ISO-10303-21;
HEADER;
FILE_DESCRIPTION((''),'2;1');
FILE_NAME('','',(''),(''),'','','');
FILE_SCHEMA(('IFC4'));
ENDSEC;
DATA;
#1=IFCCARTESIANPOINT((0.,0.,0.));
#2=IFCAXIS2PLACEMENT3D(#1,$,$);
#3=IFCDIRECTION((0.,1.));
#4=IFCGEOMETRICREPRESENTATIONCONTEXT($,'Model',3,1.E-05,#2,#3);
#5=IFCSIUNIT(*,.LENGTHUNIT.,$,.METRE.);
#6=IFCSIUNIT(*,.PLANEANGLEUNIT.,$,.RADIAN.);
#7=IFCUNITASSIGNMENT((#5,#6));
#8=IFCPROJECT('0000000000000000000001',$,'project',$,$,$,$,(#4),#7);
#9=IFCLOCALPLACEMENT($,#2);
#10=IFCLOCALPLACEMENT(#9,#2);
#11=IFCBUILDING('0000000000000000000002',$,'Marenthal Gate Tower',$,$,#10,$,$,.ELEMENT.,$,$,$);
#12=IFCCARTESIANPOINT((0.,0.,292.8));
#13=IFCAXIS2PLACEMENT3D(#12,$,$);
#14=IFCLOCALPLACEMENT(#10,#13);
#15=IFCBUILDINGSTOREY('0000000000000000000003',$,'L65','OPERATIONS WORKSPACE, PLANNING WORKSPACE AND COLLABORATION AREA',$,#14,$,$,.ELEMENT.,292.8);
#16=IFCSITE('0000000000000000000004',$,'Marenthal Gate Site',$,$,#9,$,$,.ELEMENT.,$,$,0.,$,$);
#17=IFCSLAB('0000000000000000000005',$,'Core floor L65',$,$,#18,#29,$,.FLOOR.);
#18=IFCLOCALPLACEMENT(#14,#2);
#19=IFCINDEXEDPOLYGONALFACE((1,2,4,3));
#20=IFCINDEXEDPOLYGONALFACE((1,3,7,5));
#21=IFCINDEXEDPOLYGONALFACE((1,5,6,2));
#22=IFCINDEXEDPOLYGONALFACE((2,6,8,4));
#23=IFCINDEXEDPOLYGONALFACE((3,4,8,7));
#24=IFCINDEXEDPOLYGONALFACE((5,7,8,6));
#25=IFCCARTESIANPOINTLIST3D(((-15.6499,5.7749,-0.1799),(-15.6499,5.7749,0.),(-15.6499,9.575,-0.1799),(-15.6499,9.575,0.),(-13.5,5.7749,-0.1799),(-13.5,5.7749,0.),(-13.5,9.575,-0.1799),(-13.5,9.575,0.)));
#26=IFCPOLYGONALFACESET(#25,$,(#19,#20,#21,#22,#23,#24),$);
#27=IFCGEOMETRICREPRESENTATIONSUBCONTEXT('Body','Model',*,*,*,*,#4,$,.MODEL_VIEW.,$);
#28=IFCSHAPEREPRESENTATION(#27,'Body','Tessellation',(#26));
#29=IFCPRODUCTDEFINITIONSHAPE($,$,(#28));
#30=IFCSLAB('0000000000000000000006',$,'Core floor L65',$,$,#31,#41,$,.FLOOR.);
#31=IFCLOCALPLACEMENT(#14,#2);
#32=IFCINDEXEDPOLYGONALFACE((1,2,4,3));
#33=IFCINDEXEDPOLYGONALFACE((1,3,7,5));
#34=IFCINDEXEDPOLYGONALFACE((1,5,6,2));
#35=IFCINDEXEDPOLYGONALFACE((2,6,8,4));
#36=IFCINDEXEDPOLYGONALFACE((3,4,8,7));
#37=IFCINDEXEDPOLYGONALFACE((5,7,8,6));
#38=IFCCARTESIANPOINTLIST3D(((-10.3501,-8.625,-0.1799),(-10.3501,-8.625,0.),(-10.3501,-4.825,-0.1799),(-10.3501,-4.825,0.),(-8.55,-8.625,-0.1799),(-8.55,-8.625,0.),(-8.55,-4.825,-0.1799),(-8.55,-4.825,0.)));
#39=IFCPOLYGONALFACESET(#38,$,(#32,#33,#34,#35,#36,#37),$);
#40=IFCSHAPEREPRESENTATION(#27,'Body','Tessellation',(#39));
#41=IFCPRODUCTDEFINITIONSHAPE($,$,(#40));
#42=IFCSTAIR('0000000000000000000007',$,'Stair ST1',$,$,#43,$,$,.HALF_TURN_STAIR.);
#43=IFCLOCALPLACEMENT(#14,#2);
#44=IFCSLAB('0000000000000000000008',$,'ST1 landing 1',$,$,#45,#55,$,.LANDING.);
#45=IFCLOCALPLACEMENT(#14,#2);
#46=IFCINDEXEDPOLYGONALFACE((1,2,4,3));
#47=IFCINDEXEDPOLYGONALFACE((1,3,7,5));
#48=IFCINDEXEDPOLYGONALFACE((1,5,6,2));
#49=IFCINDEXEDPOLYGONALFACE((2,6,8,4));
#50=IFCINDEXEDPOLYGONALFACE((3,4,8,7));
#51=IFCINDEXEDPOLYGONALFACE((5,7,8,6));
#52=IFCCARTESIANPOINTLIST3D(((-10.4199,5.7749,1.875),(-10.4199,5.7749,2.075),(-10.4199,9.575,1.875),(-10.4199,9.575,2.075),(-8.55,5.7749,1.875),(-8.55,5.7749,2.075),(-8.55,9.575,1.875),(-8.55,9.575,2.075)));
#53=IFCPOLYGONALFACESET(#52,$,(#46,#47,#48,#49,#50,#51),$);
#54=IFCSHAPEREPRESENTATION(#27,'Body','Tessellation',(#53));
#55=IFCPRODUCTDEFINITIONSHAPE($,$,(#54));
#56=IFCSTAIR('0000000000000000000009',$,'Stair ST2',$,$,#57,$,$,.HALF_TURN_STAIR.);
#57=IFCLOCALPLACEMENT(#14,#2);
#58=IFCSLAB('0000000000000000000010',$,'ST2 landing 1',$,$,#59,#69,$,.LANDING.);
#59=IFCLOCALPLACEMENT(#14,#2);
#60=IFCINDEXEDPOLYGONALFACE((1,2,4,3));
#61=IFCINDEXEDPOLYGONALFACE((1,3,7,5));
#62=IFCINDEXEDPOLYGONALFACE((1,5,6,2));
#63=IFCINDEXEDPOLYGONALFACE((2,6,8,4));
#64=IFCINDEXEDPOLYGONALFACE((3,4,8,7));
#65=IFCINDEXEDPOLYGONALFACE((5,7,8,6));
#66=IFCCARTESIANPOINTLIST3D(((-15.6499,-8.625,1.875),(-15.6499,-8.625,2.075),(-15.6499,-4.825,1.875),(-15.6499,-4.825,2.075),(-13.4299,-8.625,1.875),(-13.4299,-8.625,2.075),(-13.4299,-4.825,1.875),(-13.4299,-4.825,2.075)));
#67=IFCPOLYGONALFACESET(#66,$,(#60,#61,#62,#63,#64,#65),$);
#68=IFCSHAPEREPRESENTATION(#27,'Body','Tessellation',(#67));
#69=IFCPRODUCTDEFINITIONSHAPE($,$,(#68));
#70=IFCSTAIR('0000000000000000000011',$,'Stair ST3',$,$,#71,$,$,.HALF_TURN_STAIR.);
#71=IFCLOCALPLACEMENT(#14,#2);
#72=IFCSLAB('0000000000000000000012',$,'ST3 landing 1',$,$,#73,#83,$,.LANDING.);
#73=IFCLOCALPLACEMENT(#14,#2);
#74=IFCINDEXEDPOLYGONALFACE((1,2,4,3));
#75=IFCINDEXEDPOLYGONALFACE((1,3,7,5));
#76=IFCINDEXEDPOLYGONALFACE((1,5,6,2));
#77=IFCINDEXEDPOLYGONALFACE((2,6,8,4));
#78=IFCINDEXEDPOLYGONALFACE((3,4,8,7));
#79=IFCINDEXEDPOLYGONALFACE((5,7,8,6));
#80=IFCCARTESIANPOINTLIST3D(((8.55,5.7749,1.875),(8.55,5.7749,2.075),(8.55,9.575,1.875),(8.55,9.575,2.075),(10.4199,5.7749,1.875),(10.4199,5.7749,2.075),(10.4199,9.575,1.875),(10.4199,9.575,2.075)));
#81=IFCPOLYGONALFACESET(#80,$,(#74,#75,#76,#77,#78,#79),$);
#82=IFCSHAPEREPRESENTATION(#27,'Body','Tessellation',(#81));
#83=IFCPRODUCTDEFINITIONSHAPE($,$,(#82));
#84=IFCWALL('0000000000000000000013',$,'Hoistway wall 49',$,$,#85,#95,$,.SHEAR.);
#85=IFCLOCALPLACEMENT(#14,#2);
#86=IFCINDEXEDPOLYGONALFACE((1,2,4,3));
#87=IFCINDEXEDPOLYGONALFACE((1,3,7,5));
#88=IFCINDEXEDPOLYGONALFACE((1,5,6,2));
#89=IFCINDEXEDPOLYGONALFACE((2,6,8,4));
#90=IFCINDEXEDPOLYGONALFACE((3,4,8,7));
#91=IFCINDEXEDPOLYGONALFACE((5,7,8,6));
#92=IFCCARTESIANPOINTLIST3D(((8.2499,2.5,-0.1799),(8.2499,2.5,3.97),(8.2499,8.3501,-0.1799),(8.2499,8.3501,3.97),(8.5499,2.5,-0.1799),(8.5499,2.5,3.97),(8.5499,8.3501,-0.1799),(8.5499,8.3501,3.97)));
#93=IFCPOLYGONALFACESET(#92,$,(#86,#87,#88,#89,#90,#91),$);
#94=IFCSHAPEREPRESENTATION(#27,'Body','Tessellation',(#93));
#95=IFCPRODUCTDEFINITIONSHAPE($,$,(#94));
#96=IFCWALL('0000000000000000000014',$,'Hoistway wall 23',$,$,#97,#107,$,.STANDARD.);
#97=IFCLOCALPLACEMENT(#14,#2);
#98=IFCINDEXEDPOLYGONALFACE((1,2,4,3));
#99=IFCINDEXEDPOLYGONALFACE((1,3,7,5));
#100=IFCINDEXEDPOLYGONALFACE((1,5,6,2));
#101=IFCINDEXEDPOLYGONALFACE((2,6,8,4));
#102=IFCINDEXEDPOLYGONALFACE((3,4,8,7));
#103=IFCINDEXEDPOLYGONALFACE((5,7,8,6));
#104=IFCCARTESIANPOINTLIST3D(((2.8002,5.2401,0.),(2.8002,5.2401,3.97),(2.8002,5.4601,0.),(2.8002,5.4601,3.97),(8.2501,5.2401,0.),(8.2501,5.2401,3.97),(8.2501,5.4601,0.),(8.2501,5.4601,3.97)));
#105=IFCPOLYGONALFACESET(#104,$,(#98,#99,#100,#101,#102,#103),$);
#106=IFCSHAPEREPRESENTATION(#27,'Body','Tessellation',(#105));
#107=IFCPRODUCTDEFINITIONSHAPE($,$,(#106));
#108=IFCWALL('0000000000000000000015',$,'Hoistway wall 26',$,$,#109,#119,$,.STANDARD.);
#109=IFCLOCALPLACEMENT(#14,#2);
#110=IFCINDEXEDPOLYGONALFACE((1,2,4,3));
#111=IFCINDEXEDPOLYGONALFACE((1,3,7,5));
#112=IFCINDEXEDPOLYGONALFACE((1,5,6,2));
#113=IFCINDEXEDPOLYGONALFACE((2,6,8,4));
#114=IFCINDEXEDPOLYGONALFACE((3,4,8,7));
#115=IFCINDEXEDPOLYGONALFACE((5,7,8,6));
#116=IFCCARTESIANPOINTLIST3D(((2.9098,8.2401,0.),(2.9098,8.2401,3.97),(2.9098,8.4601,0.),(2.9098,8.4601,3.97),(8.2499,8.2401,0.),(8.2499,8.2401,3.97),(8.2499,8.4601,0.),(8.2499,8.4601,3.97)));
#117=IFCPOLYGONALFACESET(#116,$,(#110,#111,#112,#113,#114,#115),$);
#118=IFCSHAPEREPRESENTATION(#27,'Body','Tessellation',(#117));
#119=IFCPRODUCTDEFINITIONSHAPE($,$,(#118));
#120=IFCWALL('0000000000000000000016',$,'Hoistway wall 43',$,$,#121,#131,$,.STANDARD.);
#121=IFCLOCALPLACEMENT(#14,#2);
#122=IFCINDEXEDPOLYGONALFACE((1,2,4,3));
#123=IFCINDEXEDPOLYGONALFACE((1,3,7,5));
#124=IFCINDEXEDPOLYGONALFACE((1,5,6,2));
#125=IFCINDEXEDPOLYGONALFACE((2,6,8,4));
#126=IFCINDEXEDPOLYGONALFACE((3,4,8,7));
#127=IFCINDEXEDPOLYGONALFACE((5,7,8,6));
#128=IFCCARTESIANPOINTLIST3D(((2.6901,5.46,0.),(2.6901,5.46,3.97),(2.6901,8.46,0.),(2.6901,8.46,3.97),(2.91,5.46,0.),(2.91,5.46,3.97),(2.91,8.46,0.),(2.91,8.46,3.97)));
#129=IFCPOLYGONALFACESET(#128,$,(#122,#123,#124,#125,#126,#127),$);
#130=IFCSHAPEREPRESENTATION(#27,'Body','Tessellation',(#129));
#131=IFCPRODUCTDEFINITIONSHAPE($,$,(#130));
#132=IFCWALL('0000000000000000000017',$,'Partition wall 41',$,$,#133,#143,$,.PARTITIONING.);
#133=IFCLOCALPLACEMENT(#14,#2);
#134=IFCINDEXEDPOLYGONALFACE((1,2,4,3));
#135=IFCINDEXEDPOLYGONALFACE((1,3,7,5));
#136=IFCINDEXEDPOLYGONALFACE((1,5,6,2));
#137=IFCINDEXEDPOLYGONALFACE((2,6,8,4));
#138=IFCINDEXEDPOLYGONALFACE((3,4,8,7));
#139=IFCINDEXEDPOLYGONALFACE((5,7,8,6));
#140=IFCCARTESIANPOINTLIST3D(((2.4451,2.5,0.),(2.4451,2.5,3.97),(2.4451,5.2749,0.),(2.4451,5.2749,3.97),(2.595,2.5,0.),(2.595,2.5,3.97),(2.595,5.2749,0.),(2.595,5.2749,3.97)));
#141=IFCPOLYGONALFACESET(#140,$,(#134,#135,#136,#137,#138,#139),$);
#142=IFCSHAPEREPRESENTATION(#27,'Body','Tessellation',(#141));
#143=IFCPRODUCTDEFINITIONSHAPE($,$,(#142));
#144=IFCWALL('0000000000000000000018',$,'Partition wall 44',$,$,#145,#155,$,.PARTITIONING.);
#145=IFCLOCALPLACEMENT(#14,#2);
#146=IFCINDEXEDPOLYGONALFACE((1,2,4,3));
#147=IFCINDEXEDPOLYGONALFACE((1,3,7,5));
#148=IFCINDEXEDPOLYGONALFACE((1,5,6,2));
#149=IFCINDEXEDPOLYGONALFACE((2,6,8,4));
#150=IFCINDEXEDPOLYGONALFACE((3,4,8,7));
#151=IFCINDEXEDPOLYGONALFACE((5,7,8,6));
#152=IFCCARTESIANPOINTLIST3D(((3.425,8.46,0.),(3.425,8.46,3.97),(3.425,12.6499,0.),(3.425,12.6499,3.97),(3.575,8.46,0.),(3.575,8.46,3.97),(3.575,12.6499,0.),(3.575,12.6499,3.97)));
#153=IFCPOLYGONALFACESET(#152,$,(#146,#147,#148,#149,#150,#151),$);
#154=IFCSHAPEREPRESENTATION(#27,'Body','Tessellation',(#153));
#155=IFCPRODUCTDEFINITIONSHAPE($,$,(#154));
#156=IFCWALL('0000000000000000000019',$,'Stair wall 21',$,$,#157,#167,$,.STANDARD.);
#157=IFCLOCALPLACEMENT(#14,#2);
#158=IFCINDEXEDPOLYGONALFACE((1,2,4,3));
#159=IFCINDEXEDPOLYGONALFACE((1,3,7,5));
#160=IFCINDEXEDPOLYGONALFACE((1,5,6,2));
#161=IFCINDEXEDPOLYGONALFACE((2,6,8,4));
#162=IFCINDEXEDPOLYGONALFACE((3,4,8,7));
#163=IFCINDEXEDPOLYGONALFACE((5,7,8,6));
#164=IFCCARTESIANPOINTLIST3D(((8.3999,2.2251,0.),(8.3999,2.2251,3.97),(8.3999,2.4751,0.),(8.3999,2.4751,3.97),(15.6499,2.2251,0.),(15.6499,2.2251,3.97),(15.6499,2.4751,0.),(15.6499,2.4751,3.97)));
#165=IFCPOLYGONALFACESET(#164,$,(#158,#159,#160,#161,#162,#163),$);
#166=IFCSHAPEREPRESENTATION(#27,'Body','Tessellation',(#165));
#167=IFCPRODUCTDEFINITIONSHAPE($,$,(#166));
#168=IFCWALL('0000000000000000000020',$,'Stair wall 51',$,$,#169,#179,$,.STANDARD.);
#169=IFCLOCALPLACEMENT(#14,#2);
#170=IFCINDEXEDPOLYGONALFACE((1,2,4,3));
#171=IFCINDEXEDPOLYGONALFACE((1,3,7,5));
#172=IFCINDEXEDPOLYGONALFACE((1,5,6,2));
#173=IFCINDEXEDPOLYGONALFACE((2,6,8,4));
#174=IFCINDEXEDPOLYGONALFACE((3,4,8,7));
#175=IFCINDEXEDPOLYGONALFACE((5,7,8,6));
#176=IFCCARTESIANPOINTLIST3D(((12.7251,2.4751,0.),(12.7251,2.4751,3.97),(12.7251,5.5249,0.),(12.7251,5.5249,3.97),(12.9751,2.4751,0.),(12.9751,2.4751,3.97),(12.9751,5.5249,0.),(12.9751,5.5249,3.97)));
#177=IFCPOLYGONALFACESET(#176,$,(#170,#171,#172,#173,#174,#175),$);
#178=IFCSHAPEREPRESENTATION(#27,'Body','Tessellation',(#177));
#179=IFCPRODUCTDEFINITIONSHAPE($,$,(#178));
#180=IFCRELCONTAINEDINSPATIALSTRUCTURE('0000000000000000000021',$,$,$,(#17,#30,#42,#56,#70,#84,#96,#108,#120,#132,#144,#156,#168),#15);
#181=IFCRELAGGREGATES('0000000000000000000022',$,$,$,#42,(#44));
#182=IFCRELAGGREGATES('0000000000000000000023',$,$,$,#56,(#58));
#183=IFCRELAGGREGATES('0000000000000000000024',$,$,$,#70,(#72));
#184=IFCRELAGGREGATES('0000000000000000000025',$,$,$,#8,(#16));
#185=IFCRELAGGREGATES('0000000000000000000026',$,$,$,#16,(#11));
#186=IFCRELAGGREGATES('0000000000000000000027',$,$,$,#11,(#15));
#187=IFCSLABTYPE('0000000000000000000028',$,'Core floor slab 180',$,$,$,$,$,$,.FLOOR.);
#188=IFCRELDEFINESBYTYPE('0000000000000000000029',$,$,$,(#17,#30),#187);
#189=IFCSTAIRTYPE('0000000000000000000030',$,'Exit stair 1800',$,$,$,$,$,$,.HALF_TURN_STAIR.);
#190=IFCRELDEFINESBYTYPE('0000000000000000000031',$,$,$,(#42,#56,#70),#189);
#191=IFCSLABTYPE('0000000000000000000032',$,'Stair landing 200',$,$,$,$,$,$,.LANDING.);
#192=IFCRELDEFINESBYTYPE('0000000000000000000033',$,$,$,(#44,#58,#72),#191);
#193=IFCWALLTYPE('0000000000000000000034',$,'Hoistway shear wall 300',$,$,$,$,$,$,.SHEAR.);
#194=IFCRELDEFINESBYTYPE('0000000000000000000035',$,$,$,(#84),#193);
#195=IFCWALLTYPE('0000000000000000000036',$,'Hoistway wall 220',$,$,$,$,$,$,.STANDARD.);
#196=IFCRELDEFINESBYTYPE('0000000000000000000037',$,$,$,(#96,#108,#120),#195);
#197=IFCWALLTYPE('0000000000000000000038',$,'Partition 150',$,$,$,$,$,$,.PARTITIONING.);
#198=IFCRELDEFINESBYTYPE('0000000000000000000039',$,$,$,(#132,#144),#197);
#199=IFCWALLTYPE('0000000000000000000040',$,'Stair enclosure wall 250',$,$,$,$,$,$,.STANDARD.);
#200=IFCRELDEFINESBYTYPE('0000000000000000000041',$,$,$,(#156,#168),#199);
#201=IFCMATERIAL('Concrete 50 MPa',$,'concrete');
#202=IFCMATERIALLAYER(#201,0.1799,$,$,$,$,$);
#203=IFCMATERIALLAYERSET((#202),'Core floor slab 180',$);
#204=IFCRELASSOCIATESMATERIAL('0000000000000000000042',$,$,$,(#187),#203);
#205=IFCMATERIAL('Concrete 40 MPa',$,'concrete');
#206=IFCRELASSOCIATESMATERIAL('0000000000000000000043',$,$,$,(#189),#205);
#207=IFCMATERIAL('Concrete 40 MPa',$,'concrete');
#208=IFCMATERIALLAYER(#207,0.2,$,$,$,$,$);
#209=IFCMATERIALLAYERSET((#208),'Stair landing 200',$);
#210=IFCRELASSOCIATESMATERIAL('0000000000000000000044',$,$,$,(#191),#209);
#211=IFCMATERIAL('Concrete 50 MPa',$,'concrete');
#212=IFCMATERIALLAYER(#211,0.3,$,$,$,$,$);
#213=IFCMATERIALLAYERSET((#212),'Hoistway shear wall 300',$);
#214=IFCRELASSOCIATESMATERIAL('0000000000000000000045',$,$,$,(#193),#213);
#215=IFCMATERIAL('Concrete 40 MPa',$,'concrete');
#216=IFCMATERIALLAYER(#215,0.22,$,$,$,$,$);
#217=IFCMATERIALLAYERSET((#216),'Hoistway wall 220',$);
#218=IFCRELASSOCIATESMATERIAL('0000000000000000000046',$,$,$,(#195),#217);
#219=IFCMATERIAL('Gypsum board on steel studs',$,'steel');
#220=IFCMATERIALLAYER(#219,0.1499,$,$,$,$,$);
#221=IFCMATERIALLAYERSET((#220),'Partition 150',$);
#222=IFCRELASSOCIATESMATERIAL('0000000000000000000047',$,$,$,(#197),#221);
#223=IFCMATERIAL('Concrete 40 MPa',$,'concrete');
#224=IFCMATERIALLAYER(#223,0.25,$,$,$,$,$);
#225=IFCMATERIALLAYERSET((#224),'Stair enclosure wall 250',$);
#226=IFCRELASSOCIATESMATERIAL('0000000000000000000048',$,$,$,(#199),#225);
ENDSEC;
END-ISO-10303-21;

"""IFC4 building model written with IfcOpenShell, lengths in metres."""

from ifc_helpers import new_model, si_unit, direction, frame, frame_2d, origin, place, context, subcontext, project, spatial, polyline, rectangle, outline, extrude, material, layer, layer_set, type_object, element, aggregate, save


model = new_model("IFC4")

# Units and contexts
model_context = context("Model", 3, precision=1e-05, world=origin(), true_north=direction((0.0, 1.0)))
body_context = subcontext(model_context, "Body", "Model", "MODEL_VIEW")
ifc_project = project(units=[si_unit("LENGTHUNIT", "METRE"), si_unit("PLANEANGLEUNIT", "RADIAN")], contexts=[model_context])

# Site, building, storey
site_placement = place(None, origin())
site = spatial("IfcSite", under=ifc_project, at=site_placement, Name="Marenthal Gate Site", CompositionType="ELEMENT", RefElevation=0.0)
building_placement = place(site_placement, origin())
building = spatial("IfcBuilding", under=site, at=building_placement, Name="Marenthal Gate Tower", CompositionType="ELEMENT")
storey_placement = place(building_placement, frame((0.0, 0.0, 292.8)))
storey = spatial("IfcBuildingStorey", under=building, at=storey_placement, Name="L65", Description="OPERATIONS WORKSPACE, PLANNING WORKSPACE AND COLLABORATION AREA", CompositionType="ELEMENT", Elevation=292.8)

# Slabs
ifc_material_1 = material(Name="Concrete 50 MPa", Category="concrete")
ifc_layer_1 = layer(ifc_material_1, 0.1799)
ifc_layer_set_1 = layer_set([ifc_layer_1], Name="Core floor slab 180")
slab_type_1 = type_object("IfcSlabType", Name="Core floor slab 180", PredefinedType="FLOOR", material=ifc_layer_set_1)
slab_1_placement = place(storey_placement, frame((0.0, 0.0, -0.1799)))
element("IfcSlab", 1, at=slab_1_placement, inside=storey, type_object=slab_type_1, Name="Core floor L65", PredefinedType="FLOOR", context=body_context, shape_type="SweptSolid", body=[
    extrude(outline(polyline([(-15.6499, 9.575), (-13.5, 9.575), (-13.5, 5.7749), (-15.6499, 5.7749), (-15.6499, 9.575)])), origin(), (0.0, 0.0, 1.0), 0.1799),
])
slab_2_placement = place(storey_placement, frame((0.0, 0.0, -0.1799)))
element("IfcSlab", 2, at=slab_2_placement, inside=storey, type_object=slab_type_1, Name="Core floor L65", PredefinedType="FLOOR", context=body_context, shape_type="SweptSolid", body=[
    extrude(outline(polyline([(-8.55, -4.825), (-8.55, -8.625), (-10.3501, -8.625), (-10.3501, -4.825), (-8.55, -4.825)])), origin(), (0.0, 0.0, 1.0), 0.1799),
])

# Stairs, slabs
ifc_material_2 = material(Name="Concrete 40 MPa", Category="concrete")
stair_type = type_object("IfcStairType", Name="Exit stair 1800", PredefinedType="HALF_TURN_STAIR", material=ifc_material_2)
stair_1_placement = place(storey_placement, origin())
stair_1 = element("IfcStair", 3, at=stair_1_placement, inside=storey, type_object=stair_type, Name="Stair ST1", PredefinedType="HALF_TURN_STAIR")
ifc_material_3 = material(Name="Concrete 40 MPa", Category="concrete")
ifc_layer_2 = layer(ifc_material_3, 0.2)
ifc_layer_set_2 = layer_set([ifc_layer_2], Name="Stair landing 200")
slab_type_2 = type_object("IfcSlabType", Name="Stair landing 200", PredefinedType="LANDING", material=ifc_layer_set_2)
slab_3_placement = place(storey_placement, frame((0.0, 0.0, 1.875)))
slab_3 = element("IfcSlab", 4, at=slab_3_placement, type_object=slab_type_2, Name="ST1 landing 1", PredefinedType="LANDING", context=body_context, shape_type="SweptSolid", body=[
    extrude(outline(polyline([(-10.4199, 5.7749), (-8.55, 5.7749), (-8.55, 9.575), (-10.4199, 9.575), (-10.4199, 5.7749)])), origin(), (0.0, 0.0, 1.0), 0.2),
])
aggregate(stair_1, [slab_3])
stair_2_placement = place(storey_placement, origin())
stair_2 = element("IfcStair", 5, at=stair_2_placement, inside=storey, type_object=stair_type, Name="Stair ST2", PredefinedType="HALF_TURN_STAIR")
slab_4_placement = place(storey_placement, frame((0.0, 0.0, 1.875)))
slab_4 = element("IfcSlab", 6, at=slab_4_placement, type_object=slab_type_2, Name="ST2 landing 1", PredefinedType="LANDING", context=body_context, shape_type="SweptSolid", body=[
    extrude(outline(polyline([(-15.6499, -8.625), (-13.4299, -8.625), (-13.4299, -4.825), (-15.6499, -4.825), (-15.6499, -8.625)])), origin(), (0.0, 0.0, 1.0), 0.2),
])
aggregate(stair_2, [slab_4])
stair_3_placement = place(storey_placement, origin())
stair_3 = element("IfcStair", 7, at=stair_3_placement, inside=storey, type_object=stair_type, Name="Stair ST3", PredefinedType="HALF_TURN_STAIR")
slab_5_placement = place(storey_placement, frame((0.0, 0.0, 1.875)))
slab_5 = element("IfcSlab", 8, at=slab_5_placement, type_object=slab_type_2, Name="ST3 landing 1", PredefinedType="LANDING", context=body_context, shape_type="SweptSolid", body=[
    extrude(outline(polyline([(8.55, 5.7749), (10.4199, 5.7749), (10.4199, 9.575), (8.55, 9.575), (8.55, 5.7749)])), origin(), (0.0, 0.0, 1.0), 0.2),
])

# Walls
ifc_material_4 = material(Name="Concrete 50 MPa", Category="concrete")
ifc_layer_3 = layer(ifc_material_4, 0.3)
ifc_layer_set_3 = layer_set([ifc_layer_3], Name="Hoistway shear wall 300")
wall_type_1 = type_object("IfcWallType", Name="Hoistway shear wall 300", PredefinedType="SHEAR", material=ifc_layer_set_3)
wall_1_placement = place(storey_placement, frame((8.3999, 2.5, -0.1799), z_axis=(0.0, 0.0, 1.0), x_axis=(0.0, 1.0, 0.0)))
element("IfcWall", 9, at=wall_1_placement, inside=storey, type_object=wall_type_1, Name="Hoistway wall 49", PredefinedType="SHEAR", context=body_context, shape_type="SweptSolid", body=[
    extrude(rectangle(XDim=5.8501, YDim=0.3, at=frame_2d((2.925, 0.0))), origin(), (0.0, 0.0, 1.0), 4.1499),
])
ifc_material_5 = material(Name="Concrete 40 MPa", Category="concrete")
ifc_layer_4 = layer(ifc_material_5, 0.22)
ifc_layer_set_4 = layer_set([ifc_layer_4], Name="Hoistway wall 220")
wall_type_2 = type_object("IfcWallType", Name="Hoistway wall 220", PredefinedType="STANDARD", material=ifc_layer_set_4)
wall_2_placement = place(storey_placement, frame((2.8, 5.3501, 0.0), z_axis=(0.0, 0.0, 1.0), x_axis=(1.0, 0.0, 0.0)))
element("IfcWall", 10, at=wall_2_placement, inside=storey, type_object=wall_type_2, Name="Hoistway wall 23", PredefinedType="STANDARD", context=body_context, shape_type="SweptSolid", body=[
    extrude(rectangle(XDim=5.45, YDim=0.22, at=frame_2d((2.7251, 0.0))), origin(), (0.0, 0.0, 1.0), 3.97),
])
wall_3_placement = place(storey_placement, frame((2.9099, 8.3501, 0.0), z_axis=(0.0, 0.0, 1.0), x_axis=(1.0, 0.0, 0.0)))
element("IfcWall", 11, at=wall_3_placement, inside=storey, type_object=wall_type_2, Name="Hoistway wall 26", PredefinedType="STANDARD", context=body_context, shape_type="SweptSolid", body=[
    extrude(rectangle(XDim=5.3401, YDim=0.22, at=frame_2d((2.6699, 0.0))), origin(), (0.0, 0.0, 1.0), 3.97),
])
wall_4_placement = place(storey_placement, frame((2.8, 5.46, 0.0), z_axis=(0.0, 0.0, 1.0), x_axis=(0.0, 1.0, 0.0)))
element("IfcWall", 12, at=wall_4_placement, inside=storey, type_object=wall_type_2, Name="Hoistway wall 43", PredefinedType="STANDARD", context=body_context, shape_type="SweptSolid", body=[
    extrude(rectangle(XDim=3.0, YDim=0.22, at=frame_2d((1.5, 0.0))), origin(), (0.0, 0.0, 1.0), 3.97),
])
ifc_material_6 = material(Name="Gypsum board on steel studs", Category="steel")
ifc_layer_5 = layer(ifc_material_6, 0.1499)
ifc_layer_set_5 = layer_set([ifc_layer_5], Name="Partition 150")
wall_type_3 = type_object("IfcWallType", Name="Partition 150", PredefinedType="PARTITIONING", material=ifc_layer_set_5)
wall_5_placement = place(storey_placement, frame((2.52, 2.5, 0.0), z_axis=(0.0, 0.0, 1.0), x_axis=(0.0, 1.0, 0.0)))
element("IfcWall", 13, at=wall_5_placement, inside=storey, type_object=wall_type_3, Name="Partition wall 41", PredefinedType="PARTITIONING", context=body_context, shape_type="SweptSolid", body=[
    extrude(rectangle(XDim=2.7749, YDim=0.1499, at=frame_2d((1.3875, 0.0))), origin(), (0.0, 0.0, 1.0), 3.97),
])
wall_6_placement = place(storey_placement, frame((3.5, 8.46, 0.0), z_axis=(0.0, 0.0, 1.0), x_axis=(0.0, 1.0, 0.0)))
element("IfcWall", 14, at=wall_6_placement, inside=storey, type_object=wall_type_3, Name="Partition wall 44", PredefinedType="PARTITIONING", context=body_context, shape_type="SweptSolid", body=[
    extrude(rectangle(XDim=4.1899, YDim=0.1499, at=frame_2d((2.095, 0.0))), origin(), (0.0, 0.0, 1.0), 3.97),
])
ifc_material_7 = material(Name="Concrete 40 MPa", Category="concrete")
ifc_layer_6 = layer(ifc_material_7, 0.25)
ifc_layer_set_6 = layer_set([ifc_layer_6], Name="Stair enclosure wall 250")
wall_type_4 = type_object("IfcWallType", Name="Stair enclosure wall 250", PredefinedType="STANDARD", material=ifc_layer_set_6)
wall_7_placement = place(storey_placement, frame((8.3999, 2.3501, 0.0), z_axis=(0.0, 0.0, 1.0), x_axis=(1.0, 0.0, 0.0)))
element("IfcWall", 15, at=wall_7_placement, inside=storey, type_object=wall_type_4, Name="Stair wall 21", PredefinedType="STANDARD", context=body_context, shape_type="SweptSolid", body=[
    extrude(rectangle(XDim=7.25, YDim=0.25, at=frame_2d((3.625, 0.0))), origin(), (0.0, 0.0, 1.0), 3.97),
])
wall_8_placement = place(storey_placement, frame((12.8501, 2.4751, 0.0), z_axis=(0.0, 0.0, 1.0), x_axis=(0.0, 1.0, 0.0)))
element("IfcWall", 16, at=wall_8_placement, inside=storey, type_object=wall_type_4, Name="Stair wall 51", PredefinedType="STANDARD", context=body_context, shape_type="SweptSolid", body=[
    extrude(rectangle(XDim=3.0498, YDim=0.25, at=frame_2d((1.5249, 0.0))), origin(), (0.0, 0.0, 1.0), 3.97),
])

aggregate(stair_3, [slab_5])

save(model, "model.ifc")
